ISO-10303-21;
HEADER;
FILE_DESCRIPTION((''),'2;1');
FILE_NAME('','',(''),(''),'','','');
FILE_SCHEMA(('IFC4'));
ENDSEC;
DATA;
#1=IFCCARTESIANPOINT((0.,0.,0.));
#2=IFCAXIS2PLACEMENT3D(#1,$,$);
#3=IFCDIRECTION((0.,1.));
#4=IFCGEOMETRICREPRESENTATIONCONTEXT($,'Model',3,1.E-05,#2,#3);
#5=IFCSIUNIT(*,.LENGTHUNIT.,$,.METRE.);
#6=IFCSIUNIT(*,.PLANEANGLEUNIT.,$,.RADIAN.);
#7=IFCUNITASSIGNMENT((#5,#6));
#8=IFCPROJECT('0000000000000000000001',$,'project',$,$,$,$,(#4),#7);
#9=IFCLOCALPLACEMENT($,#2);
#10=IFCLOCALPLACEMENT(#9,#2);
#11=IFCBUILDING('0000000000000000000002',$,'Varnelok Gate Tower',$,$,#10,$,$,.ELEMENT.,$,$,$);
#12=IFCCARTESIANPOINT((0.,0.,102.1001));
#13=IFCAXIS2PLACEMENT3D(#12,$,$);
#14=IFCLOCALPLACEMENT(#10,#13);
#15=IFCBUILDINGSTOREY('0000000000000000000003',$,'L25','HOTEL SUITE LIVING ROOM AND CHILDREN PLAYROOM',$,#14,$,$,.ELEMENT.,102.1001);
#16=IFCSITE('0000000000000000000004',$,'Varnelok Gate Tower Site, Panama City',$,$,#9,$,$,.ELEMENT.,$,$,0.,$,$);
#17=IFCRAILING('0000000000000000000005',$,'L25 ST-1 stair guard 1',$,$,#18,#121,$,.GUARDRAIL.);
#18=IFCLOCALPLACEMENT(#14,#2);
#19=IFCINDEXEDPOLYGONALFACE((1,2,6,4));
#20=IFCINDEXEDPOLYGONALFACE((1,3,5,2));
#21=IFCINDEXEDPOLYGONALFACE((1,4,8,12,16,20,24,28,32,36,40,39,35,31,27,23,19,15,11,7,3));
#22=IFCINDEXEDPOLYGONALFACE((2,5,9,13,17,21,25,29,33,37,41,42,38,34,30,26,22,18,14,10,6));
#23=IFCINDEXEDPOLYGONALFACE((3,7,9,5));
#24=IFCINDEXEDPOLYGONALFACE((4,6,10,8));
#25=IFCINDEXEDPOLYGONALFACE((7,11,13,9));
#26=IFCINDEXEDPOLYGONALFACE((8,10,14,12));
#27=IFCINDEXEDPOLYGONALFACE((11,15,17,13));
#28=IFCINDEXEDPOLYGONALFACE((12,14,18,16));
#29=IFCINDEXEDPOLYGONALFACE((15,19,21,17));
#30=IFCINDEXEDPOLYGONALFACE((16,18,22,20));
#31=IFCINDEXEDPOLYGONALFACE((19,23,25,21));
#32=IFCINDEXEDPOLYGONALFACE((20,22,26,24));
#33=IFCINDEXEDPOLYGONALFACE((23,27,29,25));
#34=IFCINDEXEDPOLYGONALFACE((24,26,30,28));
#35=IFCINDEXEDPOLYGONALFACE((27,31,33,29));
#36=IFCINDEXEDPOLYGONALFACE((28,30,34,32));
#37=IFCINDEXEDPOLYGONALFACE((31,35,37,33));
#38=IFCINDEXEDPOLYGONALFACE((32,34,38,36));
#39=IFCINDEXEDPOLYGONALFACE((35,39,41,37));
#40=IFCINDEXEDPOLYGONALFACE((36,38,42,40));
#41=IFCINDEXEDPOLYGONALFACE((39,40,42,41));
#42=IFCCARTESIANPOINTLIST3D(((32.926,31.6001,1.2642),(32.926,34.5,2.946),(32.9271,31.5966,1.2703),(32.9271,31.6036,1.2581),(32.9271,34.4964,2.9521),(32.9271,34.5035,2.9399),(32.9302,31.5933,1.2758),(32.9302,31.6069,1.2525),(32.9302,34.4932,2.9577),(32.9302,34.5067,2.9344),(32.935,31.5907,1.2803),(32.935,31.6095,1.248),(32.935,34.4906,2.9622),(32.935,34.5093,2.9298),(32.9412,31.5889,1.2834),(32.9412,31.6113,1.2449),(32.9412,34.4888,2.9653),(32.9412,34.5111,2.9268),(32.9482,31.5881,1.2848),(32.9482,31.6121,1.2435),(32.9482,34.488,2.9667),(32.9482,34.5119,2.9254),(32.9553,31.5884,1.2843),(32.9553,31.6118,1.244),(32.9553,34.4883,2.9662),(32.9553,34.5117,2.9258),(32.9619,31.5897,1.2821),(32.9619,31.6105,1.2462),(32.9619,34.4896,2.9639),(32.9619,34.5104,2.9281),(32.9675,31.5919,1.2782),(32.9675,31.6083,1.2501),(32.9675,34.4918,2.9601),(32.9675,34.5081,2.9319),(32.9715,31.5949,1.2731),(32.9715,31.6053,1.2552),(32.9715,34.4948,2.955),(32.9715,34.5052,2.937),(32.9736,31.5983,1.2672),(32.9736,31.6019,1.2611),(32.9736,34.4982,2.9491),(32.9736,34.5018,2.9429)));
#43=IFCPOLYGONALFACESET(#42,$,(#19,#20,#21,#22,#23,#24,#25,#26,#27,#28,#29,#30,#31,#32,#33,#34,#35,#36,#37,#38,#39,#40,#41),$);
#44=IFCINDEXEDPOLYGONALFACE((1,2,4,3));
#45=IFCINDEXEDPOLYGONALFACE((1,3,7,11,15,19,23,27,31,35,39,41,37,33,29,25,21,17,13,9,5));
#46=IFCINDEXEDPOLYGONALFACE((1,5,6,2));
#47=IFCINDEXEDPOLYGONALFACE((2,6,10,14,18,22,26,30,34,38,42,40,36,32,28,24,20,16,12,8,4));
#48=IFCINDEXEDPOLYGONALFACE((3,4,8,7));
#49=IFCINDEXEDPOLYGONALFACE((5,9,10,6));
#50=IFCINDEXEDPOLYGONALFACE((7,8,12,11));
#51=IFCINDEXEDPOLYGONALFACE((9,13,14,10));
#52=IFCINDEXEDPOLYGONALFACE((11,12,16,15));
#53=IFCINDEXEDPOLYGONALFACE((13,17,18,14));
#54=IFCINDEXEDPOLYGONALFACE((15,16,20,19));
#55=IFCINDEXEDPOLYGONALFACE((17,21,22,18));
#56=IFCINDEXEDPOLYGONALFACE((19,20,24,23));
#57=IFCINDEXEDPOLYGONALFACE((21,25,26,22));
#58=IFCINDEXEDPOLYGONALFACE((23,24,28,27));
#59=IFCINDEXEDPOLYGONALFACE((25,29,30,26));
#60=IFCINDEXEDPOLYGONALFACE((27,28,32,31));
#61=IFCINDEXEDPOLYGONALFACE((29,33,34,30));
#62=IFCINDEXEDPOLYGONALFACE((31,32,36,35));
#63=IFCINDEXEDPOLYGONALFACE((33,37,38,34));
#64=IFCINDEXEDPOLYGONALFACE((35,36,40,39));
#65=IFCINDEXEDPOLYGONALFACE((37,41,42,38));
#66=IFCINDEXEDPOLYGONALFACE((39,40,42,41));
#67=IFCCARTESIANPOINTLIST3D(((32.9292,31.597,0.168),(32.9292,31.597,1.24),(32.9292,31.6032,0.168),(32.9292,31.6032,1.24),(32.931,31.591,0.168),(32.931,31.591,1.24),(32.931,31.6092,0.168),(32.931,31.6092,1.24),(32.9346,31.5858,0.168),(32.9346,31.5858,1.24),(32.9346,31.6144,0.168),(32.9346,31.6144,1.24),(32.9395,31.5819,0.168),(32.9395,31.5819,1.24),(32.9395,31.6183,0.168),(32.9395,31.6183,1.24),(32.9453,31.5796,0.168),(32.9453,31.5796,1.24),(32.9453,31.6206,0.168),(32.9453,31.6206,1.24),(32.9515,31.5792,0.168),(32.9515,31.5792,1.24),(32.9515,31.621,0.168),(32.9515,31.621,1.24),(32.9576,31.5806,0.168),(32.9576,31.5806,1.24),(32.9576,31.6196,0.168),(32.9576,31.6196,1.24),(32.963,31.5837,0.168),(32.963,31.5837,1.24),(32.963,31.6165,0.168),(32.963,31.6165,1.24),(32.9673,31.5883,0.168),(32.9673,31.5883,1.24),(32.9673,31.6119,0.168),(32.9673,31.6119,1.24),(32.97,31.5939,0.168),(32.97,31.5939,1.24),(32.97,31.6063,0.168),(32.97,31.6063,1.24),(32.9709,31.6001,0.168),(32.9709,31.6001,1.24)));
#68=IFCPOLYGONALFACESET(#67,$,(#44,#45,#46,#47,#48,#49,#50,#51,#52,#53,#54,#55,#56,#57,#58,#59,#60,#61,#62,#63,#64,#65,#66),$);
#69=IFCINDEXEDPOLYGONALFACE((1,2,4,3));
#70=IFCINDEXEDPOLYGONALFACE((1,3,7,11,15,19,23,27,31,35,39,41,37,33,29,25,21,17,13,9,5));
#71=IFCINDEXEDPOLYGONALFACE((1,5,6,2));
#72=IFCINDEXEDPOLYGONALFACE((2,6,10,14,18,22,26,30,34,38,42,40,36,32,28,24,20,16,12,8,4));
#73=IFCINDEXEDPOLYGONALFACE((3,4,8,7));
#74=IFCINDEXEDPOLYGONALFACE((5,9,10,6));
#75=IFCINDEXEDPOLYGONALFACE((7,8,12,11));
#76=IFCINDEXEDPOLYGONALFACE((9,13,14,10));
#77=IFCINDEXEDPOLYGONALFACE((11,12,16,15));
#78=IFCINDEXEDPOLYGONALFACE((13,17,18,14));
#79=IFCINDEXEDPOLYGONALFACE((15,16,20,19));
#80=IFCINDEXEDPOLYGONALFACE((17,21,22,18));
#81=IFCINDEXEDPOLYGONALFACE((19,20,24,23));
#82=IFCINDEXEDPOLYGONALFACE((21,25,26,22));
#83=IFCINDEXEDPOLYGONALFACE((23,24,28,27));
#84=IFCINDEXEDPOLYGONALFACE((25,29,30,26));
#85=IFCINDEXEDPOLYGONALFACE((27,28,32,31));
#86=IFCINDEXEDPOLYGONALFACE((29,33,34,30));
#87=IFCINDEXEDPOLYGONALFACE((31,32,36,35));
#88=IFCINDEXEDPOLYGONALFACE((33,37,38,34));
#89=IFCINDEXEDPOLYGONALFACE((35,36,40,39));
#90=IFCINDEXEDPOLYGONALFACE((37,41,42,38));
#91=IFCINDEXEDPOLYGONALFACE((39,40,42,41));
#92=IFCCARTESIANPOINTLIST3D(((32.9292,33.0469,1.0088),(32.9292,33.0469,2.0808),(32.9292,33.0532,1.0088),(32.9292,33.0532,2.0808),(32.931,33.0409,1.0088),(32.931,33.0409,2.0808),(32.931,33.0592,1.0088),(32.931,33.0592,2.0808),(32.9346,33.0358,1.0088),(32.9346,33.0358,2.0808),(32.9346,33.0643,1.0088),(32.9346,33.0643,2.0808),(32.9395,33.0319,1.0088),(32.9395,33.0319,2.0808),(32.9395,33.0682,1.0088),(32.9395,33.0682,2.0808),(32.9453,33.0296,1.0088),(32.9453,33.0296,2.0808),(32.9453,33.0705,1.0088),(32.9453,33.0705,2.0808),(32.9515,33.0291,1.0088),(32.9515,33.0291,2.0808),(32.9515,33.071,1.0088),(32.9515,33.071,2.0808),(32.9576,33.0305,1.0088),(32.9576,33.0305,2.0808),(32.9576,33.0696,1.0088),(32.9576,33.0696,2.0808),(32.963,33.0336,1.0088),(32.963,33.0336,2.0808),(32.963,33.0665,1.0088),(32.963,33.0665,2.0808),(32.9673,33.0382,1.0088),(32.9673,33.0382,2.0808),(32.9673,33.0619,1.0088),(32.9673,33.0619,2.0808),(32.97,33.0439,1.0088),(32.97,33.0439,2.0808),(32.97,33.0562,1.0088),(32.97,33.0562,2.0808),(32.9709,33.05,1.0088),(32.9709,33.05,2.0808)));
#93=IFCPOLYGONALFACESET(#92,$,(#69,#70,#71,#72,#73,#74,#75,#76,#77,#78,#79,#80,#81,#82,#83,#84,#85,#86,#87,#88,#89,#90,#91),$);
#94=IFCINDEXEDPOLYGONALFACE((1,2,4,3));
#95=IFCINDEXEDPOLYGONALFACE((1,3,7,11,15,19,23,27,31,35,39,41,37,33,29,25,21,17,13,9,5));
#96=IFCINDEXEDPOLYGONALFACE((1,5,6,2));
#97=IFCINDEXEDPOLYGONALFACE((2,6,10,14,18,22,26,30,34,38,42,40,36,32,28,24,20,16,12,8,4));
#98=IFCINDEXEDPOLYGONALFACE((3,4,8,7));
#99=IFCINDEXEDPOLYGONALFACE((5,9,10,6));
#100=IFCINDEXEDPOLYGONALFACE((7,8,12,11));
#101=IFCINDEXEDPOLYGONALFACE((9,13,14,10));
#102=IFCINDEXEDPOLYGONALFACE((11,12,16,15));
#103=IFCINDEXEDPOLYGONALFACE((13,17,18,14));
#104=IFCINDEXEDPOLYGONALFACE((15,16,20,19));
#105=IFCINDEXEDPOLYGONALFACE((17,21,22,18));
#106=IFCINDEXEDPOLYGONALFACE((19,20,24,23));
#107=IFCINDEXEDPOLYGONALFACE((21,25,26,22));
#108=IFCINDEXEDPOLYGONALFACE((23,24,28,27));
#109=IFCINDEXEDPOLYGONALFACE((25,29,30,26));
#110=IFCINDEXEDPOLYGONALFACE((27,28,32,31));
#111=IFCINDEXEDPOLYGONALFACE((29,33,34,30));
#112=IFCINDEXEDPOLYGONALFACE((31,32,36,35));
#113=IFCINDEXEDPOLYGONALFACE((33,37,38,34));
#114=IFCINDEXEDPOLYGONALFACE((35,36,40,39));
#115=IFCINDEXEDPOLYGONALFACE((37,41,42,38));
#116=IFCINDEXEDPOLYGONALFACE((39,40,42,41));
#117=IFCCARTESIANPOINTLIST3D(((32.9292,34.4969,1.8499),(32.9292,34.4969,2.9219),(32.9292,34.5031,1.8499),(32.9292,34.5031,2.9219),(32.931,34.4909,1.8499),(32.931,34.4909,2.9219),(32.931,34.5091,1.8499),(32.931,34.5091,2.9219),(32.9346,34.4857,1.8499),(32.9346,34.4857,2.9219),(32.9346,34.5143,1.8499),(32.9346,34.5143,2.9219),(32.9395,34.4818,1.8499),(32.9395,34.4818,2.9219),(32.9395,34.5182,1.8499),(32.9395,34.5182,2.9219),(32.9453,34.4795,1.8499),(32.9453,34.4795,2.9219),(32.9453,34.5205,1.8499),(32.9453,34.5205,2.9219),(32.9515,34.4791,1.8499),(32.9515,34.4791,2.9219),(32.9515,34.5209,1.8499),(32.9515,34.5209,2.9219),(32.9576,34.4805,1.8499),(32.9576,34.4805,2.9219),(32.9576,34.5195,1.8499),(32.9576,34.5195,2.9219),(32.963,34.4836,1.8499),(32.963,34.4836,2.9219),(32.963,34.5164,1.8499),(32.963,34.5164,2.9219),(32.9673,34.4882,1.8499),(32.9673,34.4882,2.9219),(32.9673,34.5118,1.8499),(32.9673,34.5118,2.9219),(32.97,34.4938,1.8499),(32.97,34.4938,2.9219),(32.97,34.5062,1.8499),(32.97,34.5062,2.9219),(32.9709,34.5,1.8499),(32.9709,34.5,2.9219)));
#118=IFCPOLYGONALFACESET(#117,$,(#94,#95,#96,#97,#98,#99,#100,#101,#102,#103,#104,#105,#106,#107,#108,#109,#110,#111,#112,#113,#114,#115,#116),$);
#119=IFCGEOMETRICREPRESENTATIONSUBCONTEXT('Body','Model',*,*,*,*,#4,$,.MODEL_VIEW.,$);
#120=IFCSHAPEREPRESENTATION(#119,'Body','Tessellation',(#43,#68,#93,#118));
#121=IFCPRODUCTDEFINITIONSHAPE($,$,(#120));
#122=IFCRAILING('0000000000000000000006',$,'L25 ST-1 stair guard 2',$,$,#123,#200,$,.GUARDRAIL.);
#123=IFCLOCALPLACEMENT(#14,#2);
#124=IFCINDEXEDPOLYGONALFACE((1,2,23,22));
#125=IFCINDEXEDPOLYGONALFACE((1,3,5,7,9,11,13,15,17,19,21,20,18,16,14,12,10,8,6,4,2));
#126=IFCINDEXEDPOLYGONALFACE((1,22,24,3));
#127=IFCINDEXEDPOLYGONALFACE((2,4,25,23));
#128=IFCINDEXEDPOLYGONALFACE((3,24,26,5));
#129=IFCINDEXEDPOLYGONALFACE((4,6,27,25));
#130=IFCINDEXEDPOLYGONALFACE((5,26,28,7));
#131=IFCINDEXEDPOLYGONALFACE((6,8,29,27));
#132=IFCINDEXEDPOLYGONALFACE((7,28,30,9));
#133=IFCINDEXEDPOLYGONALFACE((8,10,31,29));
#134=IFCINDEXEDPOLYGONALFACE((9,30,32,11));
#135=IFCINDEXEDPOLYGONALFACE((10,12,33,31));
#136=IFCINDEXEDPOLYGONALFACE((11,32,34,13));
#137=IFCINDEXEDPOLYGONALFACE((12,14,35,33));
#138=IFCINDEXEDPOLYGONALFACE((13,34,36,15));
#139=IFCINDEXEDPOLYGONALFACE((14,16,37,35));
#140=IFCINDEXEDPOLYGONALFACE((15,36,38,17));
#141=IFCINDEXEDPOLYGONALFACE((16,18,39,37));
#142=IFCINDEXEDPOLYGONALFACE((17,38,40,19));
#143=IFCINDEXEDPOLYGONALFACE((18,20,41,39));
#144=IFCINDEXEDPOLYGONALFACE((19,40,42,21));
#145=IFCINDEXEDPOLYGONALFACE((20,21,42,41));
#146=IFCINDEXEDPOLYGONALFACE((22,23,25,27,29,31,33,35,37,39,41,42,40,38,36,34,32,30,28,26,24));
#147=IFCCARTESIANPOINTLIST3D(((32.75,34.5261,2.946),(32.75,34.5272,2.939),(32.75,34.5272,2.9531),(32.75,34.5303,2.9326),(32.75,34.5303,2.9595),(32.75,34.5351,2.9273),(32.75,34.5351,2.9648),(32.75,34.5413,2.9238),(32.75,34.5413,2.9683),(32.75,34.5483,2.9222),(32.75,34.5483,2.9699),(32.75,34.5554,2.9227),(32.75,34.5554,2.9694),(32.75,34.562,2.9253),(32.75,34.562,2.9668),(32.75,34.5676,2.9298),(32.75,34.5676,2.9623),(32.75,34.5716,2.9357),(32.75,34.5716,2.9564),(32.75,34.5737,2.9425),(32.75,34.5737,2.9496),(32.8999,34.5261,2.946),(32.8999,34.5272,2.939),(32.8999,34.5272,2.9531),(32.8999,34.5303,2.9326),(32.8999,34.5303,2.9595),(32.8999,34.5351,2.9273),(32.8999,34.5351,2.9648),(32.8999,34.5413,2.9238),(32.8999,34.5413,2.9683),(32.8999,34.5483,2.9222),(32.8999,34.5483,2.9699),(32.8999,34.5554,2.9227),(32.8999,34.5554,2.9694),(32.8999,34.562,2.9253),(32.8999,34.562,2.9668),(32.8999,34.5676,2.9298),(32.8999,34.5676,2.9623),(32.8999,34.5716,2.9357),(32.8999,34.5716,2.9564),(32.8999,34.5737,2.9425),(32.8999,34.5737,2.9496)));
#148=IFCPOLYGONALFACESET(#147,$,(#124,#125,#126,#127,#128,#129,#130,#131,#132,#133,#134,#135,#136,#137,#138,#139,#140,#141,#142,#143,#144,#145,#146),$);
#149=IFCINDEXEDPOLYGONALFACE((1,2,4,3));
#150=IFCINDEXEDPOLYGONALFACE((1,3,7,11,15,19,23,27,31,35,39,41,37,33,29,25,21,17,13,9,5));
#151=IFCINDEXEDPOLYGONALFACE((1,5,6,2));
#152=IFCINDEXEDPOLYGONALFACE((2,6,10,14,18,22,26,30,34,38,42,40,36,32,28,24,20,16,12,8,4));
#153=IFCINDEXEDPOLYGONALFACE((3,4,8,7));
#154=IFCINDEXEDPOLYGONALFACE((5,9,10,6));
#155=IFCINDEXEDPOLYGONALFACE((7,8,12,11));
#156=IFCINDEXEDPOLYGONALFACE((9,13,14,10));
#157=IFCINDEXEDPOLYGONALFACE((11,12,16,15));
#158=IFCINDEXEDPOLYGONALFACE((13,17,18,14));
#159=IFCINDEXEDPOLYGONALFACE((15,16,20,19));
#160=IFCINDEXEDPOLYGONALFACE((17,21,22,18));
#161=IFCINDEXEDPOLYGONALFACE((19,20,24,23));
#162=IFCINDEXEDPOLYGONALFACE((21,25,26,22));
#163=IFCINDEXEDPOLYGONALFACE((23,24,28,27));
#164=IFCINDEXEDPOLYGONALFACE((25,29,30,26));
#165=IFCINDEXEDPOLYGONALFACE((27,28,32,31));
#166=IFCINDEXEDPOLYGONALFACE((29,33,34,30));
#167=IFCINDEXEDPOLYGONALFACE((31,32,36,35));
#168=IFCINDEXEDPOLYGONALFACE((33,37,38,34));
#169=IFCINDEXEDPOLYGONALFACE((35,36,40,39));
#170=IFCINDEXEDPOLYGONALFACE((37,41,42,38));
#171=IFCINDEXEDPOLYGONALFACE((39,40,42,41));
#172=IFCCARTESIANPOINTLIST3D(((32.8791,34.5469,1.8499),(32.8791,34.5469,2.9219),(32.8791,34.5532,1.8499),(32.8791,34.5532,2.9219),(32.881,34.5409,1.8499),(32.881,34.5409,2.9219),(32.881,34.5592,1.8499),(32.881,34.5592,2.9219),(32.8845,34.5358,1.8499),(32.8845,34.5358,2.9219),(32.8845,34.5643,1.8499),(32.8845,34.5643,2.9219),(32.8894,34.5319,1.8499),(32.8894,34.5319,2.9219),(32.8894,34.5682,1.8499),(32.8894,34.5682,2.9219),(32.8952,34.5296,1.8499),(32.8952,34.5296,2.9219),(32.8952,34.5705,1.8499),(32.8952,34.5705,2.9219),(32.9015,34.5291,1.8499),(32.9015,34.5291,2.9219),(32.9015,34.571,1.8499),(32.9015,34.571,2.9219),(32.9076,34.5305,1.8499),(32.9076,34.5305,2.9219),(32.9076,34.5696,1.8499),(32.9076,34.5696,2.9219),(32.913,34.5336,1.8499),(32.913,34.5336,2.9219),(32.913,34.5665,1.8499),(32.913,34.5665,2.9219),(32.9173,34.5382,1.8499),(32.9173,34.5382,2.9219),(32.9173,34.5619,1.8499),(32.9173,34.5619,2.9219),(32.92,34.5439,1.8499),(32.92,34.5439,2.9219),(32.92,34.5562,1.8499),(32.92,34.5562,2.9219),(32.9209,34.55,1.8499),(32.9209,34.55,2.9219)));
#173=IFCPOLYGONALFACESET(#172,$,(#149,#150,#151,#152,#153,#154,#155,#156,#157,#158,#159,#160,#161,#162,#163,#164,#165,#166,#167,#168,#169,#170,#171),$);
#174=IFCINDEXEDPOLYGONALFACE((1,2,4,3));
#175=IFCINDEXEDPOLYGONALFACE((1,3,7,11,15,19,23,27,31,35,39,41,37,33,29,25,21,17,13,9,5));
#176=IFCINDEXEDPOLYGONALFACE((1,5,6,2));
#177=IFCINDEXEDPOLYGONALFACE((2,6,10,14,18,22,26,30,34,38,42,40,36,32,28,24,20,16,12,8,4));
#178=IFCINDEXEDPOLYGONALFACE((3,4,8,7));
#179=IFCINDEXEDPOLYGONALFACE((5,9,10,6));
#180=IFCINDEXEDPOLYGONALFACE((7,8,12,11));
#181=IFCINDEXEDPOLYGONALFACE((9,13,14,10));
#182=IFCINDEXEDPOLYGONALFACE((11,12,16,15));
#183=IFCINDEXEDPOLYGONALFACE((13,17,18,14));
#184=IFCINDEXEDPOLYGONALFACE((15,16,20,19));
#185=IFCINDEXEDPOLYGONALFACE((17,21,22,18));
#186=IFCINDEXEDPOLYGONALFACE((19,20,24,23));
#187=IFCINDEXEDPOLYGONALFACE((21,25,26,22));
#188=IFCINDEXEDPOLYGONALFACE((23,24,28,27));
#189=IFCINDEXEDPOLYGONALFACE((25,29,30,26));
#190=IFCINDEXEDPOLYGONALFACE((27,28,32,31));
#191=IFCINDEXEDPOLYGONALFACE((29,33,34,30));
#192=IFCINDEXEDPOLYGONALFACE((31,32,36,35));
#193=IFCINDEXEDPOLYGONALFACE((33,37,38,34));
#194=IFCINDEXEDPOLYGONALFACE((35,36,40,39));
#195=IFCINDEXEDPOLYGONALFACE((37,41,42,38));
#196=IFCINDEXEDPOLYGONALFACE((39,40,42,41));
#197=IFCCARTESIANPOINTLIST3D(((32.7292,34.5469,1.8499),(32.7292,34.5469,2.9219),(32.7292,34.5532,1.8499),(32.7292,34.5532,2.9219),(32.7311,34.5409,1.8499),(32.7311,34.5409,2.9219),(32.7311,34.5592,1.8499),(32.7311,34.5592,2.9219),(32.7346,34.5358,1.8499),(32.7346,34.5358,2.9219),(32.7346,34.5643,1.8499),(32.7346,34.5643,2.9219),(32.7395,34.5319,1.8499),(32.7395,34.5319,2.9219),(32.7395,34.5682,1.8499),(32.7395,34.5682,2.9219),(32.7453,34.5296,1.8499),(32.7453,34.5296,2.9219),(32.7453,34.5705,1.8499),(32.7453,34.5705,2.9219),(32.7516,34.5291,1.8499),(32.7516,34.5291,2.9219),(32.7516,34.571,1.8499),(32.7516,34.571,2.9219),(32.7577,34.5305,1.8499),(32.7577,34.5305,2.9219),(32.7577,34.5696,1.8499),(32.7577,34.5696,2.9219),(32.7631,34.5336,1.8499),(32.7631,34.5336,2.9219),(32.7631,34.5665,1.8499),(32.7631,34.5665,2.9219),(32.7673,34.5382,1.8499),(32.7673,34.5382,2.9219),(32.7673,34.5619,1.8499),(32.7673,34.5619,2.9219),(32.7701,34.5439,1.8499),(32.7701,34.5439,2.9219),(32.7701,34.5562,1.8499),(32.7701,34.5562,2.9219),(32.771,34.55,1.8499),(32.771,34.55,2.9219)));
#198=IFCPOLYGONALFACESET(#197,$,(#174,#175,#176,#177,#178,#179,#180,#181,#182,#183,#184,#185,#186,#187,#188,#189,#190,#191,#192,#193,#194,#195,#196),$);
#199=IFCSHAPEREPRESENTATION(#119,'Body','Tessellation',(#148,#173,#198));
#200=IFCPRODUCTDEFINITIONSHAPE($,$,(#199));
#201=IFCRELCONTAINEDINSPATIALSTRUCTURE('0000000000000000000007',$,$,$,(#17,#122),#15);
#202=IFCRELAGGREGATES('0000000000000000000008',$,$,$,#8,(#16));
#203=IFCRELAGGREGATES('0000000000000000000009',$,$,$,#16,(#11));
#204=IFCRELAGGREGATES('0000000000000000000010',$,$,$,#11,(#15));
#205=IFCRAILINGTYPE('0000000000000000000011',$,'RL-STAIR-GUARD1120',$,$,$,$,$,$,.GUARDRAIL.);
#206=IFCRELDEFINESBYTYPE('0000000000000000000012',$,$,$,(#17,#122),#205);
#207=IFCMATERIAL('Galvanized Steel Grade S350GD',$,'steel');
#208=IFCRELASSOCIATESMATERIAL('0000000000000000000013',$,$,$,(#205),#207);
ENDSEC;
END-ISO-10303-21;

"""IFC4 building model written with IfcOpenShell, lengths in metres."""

from ifc_helpers import new_model, si_unit, direction, frame, origin, origin_2d, place, context, subcontext, project, spatial, circle, extrude, material, type_object, element, save


model = new_model("IFC4")

# Units and contexts
model_context = context("Model", 3, precision=1e-05, world=origin(), true_north=direction((0.0, 1.0)))
body_context = subcontext(model_context, "Body", "Model", "MODEL_VIEW")
ifc_project = project(units=[si_unit("LENGTHUNIT", "METRE"), si_unit("PLANEANGLEUNIT", "RADIAN")], contexts=[model_context])

# Site, building, storey
site_placement = place(None, origin())
site = spatial("IfcSite", under=ifc_project, at=site_placement, Name="Varnelok Gate Tower Site, Panama City", CompositionType="ELEMENT", RefElevation=0.0)
building_placement = place(site_placement, origin())
building = spatial("IfcBuilding", under=site, at=building_placement, Name="Varnelok Gate Tower", CompositionType="ELEMENT")
storey_placement = place(building_placement, frame((0.0, 0.0, 102.1001)))
storey = spatial("IfcBuildingStorey", under=building, at=storey_placement, Name="L25", Description="HOTEL SUITE LIVING ROOM AND CHILDREN PLAYROOM", CompositionType="ELEMENT", Elevation=102.1001)

# Shared definitions
ifc_material_1 = material(Name="Galvanized Steel Grade S350GD", Category="steel")

# Railings
railing_type_1 = type_object("IfcRailingType", Name="RL-STAIR-GUARD1120", PredefinedType="GUARDRAIL", material=ifc_material_1)
railing_1_placement = place(storey_placement, frame((32.95, 31.6001, 0.168)))
element("IfcRailing", 1, at=railing_1_placement, inside=storey, type_object=railing_type_1, Name="L25 ST-1 stair guard 1", PredefinedType="GUARDRAIL", context=body_context, shape_type="SweptSolid", body=[
    extrude(circle(Radius=0.0239, at=origin_2d()), frame((0.0, 0.0, 1.0962), z_axis=(0.0, 0.865039, 0.501705), x_axis=(-1.0, 0.0, 0.0)), (0.0, 0.0, 1.0), 3.3523),
    extrude(circle(Radius=0.021, at=origin_2d()), origin(), (0.0, 0.0, 1.0), 1.072),
    extrude(circle(Radius=0.021, at=origin_2d()), frame((0.0, 1.45, 0.8408)), (0.0, 0.0, 1.0), 1.072),
    extrude(circle(Radius=0.021, at=origin_2d()), frame((0.0, 2.8999, 1.6819)), (0.0, 0.0, 1.0), 1.072),
])
railing_2_placement = place(storey_placement, frame((32.8999, 34.55, 1.8499)))
element("IfcRailing", 2, at=railing_2_placement, inside=storey, type_object=railing_type_1, Name="L25 ST-1 stair guard 2", PredefinedType="GUARDRAIL", context=body_context, shape_type="SweptSolid", body=[
    extrude(circle(Radius=0.0239, at=origin_2d()), frame((0.0, 0.0, 1.0962), z_axis=(-1.0, 0.0, 0.0), x_axis=(0.0, -1.0, 0.0)), (0.0, 0.0, 1.0), 0.1499),
    extrude(circle(Radius=0.021, at=origin_2d()), origin(), (0.0, 0.0, 1.0), 1.072),
    extrude(circle(Radius=0.021, at=origin_2d()), frame((-0.1499, 0.0, 0.0)), (0.0, 0.0, 1.0), 1.072),
])

save(model, "model.ifc")
